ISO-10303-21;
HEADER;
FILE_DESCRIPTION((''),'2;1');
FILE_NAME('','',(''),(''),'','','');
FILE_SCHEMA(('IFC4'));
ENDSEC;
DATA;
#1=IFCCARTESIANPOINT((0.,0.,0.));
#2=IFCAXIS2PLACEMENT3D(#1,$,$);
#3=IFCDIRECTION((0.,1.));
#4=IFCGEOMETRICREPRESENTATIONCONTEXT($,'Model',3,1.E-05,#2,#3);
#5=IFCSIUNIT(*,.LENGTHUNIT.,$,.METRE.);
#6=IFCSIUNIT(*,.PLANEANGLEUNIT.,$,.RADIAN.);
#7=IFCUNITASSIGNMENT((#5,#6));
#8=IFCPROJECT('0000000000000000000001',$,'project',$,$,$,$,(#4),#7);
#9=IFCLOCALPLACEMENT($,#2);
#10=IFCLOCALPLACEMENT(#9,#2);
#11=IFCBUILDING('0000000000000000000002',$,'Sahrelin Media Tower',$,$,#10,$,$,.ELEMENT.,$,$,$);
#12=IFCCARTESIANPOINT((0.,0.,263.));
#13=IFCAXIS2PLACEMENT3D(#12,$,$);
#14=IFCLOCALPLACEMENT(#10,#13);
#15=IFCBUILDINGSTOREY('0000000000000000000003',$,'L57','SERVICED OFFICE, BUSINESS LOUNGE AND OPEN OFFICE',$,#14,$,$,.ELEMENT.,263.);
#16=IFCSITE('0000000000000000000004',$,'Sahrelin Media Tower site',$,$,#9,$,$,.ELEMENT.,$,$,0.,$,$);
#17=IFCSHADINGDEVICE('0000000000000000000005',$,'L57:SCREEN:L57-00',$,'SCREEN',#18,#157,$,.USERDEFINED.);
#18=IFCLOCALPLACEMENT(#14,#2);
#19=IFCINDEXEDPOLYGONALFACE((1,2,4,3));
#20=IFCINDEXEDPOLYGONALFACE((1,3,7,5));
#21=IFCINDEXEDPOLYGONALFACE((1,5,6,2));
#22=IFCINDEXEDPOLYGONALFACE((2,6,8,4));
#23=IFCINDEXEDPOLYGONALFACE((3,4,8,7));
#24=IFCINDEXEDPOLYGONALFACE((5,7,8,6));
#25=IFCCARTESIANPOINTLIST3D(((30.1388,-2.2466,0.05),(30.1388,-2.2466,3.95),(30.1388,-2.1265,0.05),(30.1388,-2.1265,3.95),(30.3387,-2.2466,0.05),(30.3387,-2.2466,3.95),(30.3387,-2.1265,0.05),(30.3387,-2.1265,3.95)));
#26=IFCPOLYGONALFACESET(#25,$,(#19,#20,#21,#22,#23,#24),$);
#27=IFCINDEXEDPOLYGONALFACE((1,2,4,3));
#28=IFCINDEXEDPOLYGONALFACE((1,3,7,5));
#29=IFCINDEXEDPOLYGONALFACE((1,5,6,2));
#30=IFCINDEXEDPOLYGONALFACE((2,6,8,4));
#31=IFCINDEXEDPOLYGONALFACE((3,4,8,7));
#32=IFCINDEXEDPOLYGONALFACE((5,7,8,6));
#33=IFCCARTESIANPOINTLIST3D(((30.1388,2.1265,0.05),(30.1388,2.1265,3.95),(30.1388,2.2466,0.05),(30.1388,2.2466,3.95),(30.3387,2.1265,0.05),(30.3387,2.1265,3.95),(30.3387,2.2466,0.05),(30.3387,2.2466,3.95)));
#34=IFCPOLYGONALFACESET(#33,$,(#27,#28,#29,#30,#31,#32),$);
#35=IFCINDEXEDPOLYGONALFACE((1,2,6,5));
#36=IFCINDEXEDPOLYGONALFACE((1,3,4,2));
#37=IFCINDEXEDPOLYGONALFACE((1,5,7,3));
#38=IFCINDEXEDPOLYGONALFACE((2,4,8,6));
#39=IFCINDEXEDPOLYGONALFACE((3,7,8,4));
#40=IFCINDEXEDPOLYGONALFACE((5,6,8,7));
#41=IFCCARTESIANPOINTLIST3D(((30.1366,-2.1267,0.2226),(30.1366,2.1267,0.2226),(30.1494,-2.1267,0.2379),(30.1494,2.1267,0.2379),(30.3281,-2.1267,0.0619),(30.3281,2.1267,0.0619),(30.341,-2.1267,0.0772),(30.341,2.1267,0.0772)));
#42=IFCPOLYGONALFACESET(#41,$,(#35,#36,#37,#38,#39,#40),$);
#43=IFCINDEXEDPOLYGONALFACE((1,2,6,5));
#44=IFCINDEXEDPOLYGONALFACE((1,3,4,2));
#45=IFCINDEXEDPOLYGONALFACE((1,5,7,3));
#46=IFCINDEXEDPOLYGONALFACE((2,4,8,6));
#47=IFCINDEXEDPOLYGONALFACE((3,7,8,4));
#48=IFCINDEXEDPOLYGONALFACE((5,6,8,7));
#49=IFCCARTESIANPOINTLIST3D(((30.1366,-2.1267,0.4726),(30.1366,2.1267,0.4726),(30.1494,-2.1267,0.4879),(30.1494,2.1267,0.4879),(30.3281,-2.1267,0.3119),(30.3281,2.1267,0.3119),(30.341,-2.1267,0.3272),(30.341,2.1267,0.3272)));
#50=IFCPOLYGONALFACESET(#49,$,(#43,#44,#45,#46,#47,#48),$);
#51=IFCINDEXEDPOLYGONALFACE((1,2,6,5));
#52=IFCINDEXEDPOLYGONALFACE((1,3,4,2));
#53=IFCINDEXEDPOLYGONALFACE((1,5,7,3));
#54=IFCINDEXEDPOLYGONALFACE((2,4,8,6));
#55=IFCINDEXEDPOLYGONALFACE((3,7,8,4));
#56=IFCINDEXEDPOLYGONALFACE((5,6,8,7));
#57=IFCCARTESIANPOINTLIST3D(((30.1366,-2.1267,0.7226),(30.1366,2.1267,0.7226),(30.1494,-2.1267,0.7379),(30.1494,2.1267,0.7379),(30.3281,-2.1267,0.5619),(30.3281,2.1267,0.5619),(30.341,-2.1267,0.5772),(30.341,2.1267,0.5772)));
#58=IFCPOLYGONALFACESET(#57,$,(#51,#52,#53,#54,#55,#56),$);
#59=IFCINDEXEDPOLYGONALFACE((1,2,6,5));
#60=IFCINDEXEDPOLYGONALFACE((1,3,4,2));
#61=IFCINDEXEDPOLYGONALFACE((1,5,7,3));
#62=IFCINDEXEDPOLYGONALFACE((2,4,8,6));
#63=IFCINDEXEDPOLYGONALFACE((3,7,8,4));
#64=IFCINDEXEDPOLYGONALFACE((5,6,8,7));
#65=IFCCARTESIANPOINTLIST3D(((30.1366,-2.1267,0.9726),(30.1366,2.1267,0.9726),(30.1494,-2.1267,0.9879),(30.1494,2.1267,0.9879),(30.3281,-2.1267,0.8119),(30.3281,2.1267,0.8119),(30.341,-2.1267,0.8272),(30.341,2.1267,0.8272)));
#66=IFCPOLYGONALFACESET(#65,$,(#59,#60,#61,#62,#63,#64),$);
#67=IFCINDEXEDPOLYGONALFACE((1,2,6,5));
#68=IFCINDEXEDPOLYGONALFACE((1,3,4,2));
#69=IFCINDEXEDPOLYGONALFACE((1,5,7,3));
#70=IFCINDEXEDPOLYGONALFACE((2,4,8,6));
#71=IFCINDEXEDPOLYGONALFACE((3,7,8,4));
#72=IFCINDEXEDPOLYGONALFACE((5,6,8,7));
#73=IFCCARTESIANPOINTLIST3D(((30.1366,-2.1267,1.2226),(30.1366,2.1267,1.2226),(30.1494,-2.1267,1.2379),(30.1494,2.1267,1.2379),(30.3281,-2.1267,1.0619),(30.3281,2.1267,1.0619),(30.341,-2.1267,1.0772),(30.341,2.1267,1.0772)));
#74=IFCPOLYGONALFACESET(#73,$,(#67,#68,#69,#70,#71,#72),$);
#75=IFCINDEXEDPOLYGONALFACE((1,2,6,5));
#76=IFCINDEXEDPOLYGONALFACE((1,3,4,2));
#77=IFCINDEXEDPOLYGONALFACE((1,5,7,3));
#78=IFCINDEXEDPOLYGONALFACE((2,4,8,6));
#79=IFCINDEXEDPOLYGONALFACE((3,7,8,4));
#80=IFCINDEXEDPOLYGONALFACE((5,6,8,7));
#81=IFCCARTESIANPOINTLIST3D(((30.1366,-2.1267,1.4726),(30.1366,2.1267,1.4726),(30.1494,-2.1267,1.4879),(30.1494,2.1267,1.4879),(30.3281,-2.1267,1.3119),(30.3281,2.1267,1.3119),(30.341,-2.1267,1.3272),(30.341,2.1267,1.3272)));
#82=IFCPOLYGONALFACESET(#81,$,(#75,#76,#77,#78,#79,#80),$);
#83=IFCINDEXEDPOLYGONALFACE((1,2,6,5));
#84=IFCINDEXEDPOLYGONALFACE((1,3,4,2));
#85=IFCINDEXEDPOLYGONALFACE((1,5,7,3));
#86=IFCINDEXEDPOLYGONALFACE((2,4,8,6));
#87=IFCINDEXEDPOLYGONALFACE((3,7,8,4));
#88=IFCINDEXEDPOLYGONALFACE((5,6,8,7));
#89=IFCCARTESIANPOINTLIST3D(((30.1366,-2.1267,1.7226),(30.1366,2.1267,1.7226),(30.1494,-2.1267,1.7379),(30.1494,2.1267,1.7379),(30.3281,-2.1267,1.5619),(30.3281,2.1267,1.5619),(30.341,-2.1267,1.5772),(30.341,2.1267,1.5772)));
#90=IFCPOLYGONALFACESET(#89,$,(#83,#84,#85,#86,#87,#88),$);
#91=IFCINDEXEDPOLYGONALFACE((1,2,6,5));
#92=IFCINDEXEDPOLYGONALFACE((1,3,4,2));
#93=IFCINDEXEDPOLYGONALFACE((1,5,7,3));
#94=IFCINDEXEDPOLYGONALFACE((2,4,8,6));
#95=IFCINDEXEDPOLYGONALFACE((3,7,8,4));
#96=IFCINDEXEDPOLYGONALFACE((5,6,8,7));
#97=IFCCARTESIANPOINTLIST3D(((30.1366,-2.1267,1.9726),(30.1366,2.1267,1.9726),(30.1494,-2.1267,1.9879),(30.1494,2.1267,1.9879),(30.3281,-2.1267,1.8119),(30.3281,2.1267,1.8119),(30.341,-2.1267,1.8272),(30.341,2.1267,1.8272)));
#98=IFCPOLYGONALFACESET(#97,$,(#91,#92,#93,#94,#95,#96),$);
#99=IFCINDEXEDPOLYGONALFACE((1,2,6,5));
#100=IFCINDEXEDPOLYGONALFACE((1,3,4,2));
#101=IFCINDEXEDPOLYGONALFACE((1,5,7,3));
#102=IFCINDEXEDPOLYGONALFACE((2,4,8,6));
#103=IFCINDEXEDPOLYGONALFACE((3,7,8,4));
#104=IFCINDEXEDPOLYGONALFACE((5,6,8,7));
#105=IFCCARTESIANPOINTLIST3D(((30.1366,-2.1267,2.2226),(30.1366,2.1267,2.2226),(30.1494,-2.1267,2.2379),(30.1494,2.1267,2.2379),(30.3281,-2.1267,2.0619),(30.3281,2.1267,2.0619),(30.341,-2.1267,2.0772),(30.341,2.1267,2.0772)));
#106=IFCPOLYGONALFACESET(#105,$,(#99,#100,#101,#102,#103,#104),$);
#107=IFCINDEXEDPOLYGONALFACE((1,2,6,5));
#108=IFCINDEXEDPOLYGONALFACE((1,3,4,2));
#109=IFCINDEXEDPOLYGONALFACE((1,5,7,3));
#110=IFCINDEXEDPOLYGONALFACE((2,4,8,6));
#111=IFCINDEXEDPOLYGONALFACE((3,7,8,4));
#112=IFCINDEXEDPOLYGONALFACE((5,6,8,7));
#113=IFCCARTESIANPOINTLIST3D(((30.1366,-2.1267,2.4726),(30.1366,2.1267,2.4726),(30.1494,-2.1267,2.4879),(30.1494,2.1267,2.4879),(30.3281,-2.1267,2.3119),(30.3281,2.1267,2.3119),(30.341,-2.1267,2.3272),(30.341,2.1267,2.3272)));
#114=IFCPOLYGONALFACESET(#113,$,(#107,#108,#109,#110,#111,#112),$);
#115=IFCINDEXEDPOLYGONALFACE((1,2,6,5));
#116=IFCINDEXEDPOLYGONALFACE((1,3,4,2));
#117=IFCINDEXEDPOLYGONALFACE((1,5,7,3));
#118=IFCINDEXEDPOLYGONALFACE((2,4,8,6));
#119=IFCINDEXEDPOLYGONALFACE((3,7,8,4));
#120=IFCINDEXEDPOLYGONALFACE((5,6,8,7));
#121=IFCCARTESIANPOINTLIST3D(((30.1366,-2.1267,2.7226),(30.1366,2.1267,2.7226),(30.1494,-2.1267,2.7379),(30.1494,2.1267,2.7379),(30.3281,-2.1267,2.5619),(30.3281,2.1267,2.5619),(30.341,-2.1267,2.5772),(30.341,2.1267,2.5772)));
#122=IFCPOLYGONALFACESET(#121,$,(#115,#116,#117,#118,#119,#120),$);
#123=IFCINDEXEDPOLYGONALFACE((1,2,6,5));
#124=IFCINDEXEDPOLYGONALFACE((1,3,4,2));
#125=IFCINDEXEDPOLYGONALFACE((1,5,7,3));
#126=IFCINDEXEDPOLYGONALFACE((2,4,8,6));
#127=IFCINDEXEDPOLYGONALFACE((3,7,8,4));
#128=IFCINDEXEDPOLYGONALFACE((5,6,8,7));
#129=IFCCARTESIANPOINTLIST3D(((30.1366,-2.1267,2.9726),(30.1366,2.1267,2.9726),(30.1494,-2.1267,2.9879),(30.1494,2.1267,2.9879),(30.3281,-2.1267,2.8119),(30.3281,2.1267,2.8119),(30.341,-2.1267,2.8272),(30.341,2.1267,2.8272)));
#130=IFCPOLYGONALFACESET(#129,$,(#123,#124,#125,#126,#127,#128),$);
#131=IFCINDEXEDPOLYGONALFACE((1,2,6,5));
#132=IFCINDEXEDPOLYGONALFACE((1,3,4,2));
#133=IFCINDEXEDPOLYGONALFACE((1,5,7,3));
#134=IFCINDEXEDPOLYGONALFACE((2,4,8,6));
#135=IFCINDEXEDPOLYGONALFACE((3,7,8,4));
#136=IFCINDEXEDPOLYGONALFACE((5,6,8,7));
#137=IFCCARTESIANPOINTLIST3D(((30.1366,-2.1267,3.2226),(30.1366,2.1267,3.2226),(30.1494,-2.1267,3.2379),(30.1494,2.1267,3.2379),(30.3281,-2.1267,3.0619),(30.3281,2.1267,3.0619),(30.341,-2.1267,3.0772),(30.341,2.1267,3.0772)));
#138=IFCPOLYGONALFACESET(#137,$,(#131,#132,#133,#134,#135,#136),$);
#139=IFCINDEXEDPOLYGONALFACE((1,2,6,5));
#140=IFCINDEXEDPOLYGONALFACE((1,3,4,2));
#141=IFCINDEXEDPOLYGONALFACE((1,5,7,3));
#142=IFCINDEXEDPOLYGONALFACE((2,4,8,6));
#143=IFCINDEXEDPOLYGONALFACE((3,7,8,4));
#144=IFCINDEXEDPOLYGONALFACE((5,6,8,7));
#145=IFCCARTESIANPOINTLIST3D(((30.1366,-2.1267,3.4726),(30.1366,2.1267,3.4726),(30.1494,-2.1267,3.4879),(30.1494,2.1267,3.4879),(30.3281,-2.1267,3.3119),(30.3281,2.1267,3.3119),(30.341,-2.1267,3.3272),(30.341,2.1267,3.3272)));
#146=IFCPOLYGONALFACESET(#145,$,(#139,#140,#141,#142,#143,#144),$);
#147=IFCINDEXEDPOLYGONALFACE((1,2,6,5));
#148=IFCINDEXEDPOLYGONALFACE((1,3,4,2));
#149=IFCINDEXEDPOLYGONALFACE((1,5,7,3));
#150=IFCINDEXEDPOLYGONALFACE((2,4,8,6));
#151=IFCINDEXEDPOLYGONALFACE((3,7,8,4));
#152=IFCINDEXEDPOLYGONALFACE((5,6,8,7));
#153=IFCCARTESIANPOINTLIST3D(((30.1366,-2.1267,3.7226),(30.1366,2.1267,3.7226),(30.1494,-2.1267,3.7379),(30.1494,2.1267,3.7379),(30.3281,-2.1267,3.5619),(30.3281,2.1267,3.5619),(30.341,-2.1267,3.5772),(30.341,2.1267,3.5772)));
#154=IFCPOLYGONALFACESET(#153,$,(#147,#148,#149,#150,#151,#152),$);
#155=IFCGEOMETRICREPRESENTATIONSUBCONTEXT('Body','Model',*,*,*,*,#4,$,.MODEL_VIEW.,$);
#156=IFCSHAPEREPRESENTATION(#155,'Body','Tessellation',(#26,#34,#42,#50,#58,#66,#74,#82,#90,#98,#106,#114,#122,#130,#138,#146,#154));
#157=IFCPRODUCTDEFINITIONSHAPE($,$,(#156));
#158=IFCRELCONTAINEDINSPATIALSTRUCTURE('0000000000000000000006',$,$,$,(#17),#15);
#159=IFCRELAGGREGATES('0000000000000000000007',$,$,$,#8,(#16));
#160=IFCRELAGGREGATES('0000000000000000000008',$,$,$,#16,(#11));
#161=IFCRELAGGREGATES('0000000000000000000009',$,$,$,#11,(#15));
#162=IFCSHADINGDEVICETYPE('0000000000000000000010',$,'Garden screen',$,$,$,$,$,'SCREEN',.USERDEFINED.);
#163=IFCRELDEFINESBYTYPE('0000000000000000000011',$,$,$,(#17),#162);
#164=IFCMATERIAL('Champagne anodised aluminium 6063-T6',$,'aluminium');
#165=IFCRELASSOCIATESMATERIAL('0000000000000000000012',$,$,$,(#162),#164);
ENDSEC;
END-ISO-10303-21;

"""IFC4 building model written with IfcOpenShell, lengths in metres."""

from ifc_helpers import new_model, si_unit, direction, frame, origin, origin_2d, place, context, subcontext, project, spatial, rectangle, extrude, material, type_object, element, save


model = new_model("IFC4")

# Units and contexts
model_context = context("Model", 3, precision=1e-05, world=origin(), true_north=direction((0.0, 1.0)))
body_context = subcontext(model_context, "Body", "Model", "MODEL_VIEW")
ifc_project = project(units=[si_unit("LENGTHUNIT", "METRE"), si_unit("PLANEANGLEUNIT", "RADIAN")], contexts=[model_context])

# Site, building, storey
site_placement = place(None, origin())
site = spatial("IfcSite", under=ifc_project, at=site_placement, Name="Sahrelin Media Tower site", CompositionType="ELEMENT", RefElevation=0.0)
building_placement = place(site_placement, origin())
building = spatial("IfcBuilding", under=site, at=building_placement, Name="Sahrelin Media Tower", CompositionType="ELEMENT")
storey_placement = place(building_placement, frame((0.0, 0.0, 263.0)))
storey = spatial("IfcBuildingStorey", under=building, at=storey_placement, Name="L57", Description="SERVICED OFFICE, BUSINESS LOUNGE AND OPEN OFFICE", CompositionType="ELEMENT", Elevation=263.0)

# Shared definitions
ifc_material_1 = material(Name="Champagne anodised aluminium 6063-T6", Category="aluminium")

# Shading device
shading_device_type_1 = type_object("IfcShadingDeviceType", Name="Garden screen", ElementType="SCREEN", PredefinedType="USERDEFINED", material=ifc_material_1)
shading_device_1_placement = place(storey_placement, frame((30.1387, 0.0, 0.0), z_axis=(0.0, 0.0, 1.0), x_axis=(0.0, -1.0, 0.0)))
element("IfcShadingDevice", 1, at=shading_device_1_placement, inside=storey, type_object=shading_device_type_1, Name="L57:SCREEN:L57-00", ObjectType="SCREEN", PredefinedType="USERDEFINED", context=body_context, shape_type="SweptSolid", body=[
    extrude(rectangle(XDim=0.1201, YDim=0.2, at=origin_2d()), frame((2.1865, 0.1001, 0.05), z_axis=(0.0, 0.0, 1.0), x_axis=(1.0, 0.0, 0.0)), (0.0, 0.0, 1.0), 3.8999),
    extrude(rectangle(XDim=0.1201, YDim=0.2, at=origin_2d()), frame((-2.1865, 0.1001, 0.05), z_axis=(0.0, 0.0, 1.0), x_axis=(1.0, 0.0, 0.0)), (0.0, 0.0, 1.0), 3.8999),
    extrude(rectangle(XDim=0.25, YDim=0.02, at=origin_2d()), frame((2.1267, 0.1001, 0.1499), z_axis=(-1.0, 0.0, 0.0), x_axis=(0.0, -0.766044, 0.642788)), (0.0, 0.0, 1.0), 4.2534),
    extrude(rectangle(XDim=0.25, YDim=0.02, at=origin_2d()), frame((2.1267, 0.1001, 0.3999), z_axis=(-1.0, 0.0, 0.0), x_axis=(0.0, -0.766044, 0.642788)), (0.0, 0.0, 1.0), 4.2534),
    extrude(rectangle(XDim=0.25, YDim=0.02, at=origin_2d()), frame((2.1267, 0.1001, 0.6499), z_axis=(-1.0, 0.0, 0.0), x_axis=(0.0, -0.766044, 0.642788)), (0.0, 0.0, 1.0), 4.2534),
    extrude(rectangle(XDim=0.25, YDim=0.02, at=origin_2d()), frame((2.1267, 0.1001, 0.8999), z_axis=(-1.0, 0.0, 0.0), x_axis=(0.0, -0.766044, 0.642788)), (0.0, 0.0, 1.0), 4.2534),
    extrude(rectangle(XDim=0.25, YDim=0.02, at=origin_2d()), frame((2.1267, 0.1001, 1.1499), z_axis=(-1.0, 0.0, 0.0), x_axis=(0.0, -0.766044, 0.642788)), (0.0, 0.0, 1.0), 4.2534),
    extrude(rectangle(XDim=0.25, YDim=0.02, at=origin_2d()), frame((2.1267, 0.1001, 1.3999), z_axis=(-1.0, 0.0, 0.0), x_axis=(0.0, -0.766044, 0.642788)), (0.0, 0.0, 1.0), 4.2534),
    extrude(rectangle(XDim=0.25, YDim=0.02, at=origin_2d()), frame((2.1267, 0.1001, 1.6499), z_axis=(-1.0, 0.0, 0.0), x_axis=(0.0, -0.766044, 0.642788)), (0.0, 0.0, 1.0), 4.2534),
    extrude(rectangle(XDim=0.25, YDim=0.02, at=origin_2d()), frame((2.1267, 0.1001, 1.8999), z_axis=(-1.0, 0.0, 0.0), x_axis=(0.0, -0.766044, 0.642788)), (0.0, 0.0, 1.0), 4.2534),
    extrude(rectangle(XDim=0.25, YDim=0.02, at=origin_2d()), frame((2.1267, 0.1001, 2.1499), z_axis=(-1.0, 0.0, 0.0), x_axis=(0.0, -0.766044, 0.642788)), (0.0, 0.0, 1.0), 4.2534),
    extrude(rectangle(XDim=0.25, YDim=0.02, at=origin_2d()), frame((2.1267, 0.1001, 2.3999), z_axis=(-1.0, 0.0, 0.0), x_axis=(0.0, -0.766044, 0.642788)), (0.0, 0.0, 1.0), 4.2534),
    extrude(rectangle(XDim=0.25, YDim=0.02, at=origin_2d()), frame((2.1267, 0.1001, 2.6499), z_axis=(-1.0, 0.0, 0.0), x_axis=(0.0, -0.766044, 0.642788)), (0.0, 0.0, 1.0), 4.2534),
    extrude(rectangle(XDim=0.25, YDim=0.02, at=origin_2d()), frame((2.1267, 0.1001, 2.8999), z_axis=(-1.0, 0.0, 0.0), x_axis=(0.0, -0.766044, 0.642788)), (0.0, 0.0, 1.0), 4.2534),
    extrude(rectangle(XDim=0.25, YDim=0.02, at=origin_2d()), frame((2.1267, 0.1001, 3.1499), z_axis=(-1.0, 0.0, 0.0), x_axis=(0.0, -0.766044, 0.642788)), (0.0, 0.0, 1.0), 4.2534),
    extrude(rectangle(XDim=0.25, YDim=0.02, at=origin_2d()), frame((2.1267, 0.1001, 3.3999), z_axis=(-1.0, 0.0, 0.0), x_axis=(0.0, -0.766044, 0.642788)), (0.0, 0.0, 1.0), 4.2534),
    extrude(rectangle(XDim=0.25, YDim=0.02, at=origin_2d()), frame((2.1267, 0.1001, 3.6499), z_axis=(-1.0, 0.0, 0.0), x_axis=(0.0, -0.766044, 0.642788)), (0.0, 0.0, 1.0), 4.2534),
])

save(model, "model.ifc")
